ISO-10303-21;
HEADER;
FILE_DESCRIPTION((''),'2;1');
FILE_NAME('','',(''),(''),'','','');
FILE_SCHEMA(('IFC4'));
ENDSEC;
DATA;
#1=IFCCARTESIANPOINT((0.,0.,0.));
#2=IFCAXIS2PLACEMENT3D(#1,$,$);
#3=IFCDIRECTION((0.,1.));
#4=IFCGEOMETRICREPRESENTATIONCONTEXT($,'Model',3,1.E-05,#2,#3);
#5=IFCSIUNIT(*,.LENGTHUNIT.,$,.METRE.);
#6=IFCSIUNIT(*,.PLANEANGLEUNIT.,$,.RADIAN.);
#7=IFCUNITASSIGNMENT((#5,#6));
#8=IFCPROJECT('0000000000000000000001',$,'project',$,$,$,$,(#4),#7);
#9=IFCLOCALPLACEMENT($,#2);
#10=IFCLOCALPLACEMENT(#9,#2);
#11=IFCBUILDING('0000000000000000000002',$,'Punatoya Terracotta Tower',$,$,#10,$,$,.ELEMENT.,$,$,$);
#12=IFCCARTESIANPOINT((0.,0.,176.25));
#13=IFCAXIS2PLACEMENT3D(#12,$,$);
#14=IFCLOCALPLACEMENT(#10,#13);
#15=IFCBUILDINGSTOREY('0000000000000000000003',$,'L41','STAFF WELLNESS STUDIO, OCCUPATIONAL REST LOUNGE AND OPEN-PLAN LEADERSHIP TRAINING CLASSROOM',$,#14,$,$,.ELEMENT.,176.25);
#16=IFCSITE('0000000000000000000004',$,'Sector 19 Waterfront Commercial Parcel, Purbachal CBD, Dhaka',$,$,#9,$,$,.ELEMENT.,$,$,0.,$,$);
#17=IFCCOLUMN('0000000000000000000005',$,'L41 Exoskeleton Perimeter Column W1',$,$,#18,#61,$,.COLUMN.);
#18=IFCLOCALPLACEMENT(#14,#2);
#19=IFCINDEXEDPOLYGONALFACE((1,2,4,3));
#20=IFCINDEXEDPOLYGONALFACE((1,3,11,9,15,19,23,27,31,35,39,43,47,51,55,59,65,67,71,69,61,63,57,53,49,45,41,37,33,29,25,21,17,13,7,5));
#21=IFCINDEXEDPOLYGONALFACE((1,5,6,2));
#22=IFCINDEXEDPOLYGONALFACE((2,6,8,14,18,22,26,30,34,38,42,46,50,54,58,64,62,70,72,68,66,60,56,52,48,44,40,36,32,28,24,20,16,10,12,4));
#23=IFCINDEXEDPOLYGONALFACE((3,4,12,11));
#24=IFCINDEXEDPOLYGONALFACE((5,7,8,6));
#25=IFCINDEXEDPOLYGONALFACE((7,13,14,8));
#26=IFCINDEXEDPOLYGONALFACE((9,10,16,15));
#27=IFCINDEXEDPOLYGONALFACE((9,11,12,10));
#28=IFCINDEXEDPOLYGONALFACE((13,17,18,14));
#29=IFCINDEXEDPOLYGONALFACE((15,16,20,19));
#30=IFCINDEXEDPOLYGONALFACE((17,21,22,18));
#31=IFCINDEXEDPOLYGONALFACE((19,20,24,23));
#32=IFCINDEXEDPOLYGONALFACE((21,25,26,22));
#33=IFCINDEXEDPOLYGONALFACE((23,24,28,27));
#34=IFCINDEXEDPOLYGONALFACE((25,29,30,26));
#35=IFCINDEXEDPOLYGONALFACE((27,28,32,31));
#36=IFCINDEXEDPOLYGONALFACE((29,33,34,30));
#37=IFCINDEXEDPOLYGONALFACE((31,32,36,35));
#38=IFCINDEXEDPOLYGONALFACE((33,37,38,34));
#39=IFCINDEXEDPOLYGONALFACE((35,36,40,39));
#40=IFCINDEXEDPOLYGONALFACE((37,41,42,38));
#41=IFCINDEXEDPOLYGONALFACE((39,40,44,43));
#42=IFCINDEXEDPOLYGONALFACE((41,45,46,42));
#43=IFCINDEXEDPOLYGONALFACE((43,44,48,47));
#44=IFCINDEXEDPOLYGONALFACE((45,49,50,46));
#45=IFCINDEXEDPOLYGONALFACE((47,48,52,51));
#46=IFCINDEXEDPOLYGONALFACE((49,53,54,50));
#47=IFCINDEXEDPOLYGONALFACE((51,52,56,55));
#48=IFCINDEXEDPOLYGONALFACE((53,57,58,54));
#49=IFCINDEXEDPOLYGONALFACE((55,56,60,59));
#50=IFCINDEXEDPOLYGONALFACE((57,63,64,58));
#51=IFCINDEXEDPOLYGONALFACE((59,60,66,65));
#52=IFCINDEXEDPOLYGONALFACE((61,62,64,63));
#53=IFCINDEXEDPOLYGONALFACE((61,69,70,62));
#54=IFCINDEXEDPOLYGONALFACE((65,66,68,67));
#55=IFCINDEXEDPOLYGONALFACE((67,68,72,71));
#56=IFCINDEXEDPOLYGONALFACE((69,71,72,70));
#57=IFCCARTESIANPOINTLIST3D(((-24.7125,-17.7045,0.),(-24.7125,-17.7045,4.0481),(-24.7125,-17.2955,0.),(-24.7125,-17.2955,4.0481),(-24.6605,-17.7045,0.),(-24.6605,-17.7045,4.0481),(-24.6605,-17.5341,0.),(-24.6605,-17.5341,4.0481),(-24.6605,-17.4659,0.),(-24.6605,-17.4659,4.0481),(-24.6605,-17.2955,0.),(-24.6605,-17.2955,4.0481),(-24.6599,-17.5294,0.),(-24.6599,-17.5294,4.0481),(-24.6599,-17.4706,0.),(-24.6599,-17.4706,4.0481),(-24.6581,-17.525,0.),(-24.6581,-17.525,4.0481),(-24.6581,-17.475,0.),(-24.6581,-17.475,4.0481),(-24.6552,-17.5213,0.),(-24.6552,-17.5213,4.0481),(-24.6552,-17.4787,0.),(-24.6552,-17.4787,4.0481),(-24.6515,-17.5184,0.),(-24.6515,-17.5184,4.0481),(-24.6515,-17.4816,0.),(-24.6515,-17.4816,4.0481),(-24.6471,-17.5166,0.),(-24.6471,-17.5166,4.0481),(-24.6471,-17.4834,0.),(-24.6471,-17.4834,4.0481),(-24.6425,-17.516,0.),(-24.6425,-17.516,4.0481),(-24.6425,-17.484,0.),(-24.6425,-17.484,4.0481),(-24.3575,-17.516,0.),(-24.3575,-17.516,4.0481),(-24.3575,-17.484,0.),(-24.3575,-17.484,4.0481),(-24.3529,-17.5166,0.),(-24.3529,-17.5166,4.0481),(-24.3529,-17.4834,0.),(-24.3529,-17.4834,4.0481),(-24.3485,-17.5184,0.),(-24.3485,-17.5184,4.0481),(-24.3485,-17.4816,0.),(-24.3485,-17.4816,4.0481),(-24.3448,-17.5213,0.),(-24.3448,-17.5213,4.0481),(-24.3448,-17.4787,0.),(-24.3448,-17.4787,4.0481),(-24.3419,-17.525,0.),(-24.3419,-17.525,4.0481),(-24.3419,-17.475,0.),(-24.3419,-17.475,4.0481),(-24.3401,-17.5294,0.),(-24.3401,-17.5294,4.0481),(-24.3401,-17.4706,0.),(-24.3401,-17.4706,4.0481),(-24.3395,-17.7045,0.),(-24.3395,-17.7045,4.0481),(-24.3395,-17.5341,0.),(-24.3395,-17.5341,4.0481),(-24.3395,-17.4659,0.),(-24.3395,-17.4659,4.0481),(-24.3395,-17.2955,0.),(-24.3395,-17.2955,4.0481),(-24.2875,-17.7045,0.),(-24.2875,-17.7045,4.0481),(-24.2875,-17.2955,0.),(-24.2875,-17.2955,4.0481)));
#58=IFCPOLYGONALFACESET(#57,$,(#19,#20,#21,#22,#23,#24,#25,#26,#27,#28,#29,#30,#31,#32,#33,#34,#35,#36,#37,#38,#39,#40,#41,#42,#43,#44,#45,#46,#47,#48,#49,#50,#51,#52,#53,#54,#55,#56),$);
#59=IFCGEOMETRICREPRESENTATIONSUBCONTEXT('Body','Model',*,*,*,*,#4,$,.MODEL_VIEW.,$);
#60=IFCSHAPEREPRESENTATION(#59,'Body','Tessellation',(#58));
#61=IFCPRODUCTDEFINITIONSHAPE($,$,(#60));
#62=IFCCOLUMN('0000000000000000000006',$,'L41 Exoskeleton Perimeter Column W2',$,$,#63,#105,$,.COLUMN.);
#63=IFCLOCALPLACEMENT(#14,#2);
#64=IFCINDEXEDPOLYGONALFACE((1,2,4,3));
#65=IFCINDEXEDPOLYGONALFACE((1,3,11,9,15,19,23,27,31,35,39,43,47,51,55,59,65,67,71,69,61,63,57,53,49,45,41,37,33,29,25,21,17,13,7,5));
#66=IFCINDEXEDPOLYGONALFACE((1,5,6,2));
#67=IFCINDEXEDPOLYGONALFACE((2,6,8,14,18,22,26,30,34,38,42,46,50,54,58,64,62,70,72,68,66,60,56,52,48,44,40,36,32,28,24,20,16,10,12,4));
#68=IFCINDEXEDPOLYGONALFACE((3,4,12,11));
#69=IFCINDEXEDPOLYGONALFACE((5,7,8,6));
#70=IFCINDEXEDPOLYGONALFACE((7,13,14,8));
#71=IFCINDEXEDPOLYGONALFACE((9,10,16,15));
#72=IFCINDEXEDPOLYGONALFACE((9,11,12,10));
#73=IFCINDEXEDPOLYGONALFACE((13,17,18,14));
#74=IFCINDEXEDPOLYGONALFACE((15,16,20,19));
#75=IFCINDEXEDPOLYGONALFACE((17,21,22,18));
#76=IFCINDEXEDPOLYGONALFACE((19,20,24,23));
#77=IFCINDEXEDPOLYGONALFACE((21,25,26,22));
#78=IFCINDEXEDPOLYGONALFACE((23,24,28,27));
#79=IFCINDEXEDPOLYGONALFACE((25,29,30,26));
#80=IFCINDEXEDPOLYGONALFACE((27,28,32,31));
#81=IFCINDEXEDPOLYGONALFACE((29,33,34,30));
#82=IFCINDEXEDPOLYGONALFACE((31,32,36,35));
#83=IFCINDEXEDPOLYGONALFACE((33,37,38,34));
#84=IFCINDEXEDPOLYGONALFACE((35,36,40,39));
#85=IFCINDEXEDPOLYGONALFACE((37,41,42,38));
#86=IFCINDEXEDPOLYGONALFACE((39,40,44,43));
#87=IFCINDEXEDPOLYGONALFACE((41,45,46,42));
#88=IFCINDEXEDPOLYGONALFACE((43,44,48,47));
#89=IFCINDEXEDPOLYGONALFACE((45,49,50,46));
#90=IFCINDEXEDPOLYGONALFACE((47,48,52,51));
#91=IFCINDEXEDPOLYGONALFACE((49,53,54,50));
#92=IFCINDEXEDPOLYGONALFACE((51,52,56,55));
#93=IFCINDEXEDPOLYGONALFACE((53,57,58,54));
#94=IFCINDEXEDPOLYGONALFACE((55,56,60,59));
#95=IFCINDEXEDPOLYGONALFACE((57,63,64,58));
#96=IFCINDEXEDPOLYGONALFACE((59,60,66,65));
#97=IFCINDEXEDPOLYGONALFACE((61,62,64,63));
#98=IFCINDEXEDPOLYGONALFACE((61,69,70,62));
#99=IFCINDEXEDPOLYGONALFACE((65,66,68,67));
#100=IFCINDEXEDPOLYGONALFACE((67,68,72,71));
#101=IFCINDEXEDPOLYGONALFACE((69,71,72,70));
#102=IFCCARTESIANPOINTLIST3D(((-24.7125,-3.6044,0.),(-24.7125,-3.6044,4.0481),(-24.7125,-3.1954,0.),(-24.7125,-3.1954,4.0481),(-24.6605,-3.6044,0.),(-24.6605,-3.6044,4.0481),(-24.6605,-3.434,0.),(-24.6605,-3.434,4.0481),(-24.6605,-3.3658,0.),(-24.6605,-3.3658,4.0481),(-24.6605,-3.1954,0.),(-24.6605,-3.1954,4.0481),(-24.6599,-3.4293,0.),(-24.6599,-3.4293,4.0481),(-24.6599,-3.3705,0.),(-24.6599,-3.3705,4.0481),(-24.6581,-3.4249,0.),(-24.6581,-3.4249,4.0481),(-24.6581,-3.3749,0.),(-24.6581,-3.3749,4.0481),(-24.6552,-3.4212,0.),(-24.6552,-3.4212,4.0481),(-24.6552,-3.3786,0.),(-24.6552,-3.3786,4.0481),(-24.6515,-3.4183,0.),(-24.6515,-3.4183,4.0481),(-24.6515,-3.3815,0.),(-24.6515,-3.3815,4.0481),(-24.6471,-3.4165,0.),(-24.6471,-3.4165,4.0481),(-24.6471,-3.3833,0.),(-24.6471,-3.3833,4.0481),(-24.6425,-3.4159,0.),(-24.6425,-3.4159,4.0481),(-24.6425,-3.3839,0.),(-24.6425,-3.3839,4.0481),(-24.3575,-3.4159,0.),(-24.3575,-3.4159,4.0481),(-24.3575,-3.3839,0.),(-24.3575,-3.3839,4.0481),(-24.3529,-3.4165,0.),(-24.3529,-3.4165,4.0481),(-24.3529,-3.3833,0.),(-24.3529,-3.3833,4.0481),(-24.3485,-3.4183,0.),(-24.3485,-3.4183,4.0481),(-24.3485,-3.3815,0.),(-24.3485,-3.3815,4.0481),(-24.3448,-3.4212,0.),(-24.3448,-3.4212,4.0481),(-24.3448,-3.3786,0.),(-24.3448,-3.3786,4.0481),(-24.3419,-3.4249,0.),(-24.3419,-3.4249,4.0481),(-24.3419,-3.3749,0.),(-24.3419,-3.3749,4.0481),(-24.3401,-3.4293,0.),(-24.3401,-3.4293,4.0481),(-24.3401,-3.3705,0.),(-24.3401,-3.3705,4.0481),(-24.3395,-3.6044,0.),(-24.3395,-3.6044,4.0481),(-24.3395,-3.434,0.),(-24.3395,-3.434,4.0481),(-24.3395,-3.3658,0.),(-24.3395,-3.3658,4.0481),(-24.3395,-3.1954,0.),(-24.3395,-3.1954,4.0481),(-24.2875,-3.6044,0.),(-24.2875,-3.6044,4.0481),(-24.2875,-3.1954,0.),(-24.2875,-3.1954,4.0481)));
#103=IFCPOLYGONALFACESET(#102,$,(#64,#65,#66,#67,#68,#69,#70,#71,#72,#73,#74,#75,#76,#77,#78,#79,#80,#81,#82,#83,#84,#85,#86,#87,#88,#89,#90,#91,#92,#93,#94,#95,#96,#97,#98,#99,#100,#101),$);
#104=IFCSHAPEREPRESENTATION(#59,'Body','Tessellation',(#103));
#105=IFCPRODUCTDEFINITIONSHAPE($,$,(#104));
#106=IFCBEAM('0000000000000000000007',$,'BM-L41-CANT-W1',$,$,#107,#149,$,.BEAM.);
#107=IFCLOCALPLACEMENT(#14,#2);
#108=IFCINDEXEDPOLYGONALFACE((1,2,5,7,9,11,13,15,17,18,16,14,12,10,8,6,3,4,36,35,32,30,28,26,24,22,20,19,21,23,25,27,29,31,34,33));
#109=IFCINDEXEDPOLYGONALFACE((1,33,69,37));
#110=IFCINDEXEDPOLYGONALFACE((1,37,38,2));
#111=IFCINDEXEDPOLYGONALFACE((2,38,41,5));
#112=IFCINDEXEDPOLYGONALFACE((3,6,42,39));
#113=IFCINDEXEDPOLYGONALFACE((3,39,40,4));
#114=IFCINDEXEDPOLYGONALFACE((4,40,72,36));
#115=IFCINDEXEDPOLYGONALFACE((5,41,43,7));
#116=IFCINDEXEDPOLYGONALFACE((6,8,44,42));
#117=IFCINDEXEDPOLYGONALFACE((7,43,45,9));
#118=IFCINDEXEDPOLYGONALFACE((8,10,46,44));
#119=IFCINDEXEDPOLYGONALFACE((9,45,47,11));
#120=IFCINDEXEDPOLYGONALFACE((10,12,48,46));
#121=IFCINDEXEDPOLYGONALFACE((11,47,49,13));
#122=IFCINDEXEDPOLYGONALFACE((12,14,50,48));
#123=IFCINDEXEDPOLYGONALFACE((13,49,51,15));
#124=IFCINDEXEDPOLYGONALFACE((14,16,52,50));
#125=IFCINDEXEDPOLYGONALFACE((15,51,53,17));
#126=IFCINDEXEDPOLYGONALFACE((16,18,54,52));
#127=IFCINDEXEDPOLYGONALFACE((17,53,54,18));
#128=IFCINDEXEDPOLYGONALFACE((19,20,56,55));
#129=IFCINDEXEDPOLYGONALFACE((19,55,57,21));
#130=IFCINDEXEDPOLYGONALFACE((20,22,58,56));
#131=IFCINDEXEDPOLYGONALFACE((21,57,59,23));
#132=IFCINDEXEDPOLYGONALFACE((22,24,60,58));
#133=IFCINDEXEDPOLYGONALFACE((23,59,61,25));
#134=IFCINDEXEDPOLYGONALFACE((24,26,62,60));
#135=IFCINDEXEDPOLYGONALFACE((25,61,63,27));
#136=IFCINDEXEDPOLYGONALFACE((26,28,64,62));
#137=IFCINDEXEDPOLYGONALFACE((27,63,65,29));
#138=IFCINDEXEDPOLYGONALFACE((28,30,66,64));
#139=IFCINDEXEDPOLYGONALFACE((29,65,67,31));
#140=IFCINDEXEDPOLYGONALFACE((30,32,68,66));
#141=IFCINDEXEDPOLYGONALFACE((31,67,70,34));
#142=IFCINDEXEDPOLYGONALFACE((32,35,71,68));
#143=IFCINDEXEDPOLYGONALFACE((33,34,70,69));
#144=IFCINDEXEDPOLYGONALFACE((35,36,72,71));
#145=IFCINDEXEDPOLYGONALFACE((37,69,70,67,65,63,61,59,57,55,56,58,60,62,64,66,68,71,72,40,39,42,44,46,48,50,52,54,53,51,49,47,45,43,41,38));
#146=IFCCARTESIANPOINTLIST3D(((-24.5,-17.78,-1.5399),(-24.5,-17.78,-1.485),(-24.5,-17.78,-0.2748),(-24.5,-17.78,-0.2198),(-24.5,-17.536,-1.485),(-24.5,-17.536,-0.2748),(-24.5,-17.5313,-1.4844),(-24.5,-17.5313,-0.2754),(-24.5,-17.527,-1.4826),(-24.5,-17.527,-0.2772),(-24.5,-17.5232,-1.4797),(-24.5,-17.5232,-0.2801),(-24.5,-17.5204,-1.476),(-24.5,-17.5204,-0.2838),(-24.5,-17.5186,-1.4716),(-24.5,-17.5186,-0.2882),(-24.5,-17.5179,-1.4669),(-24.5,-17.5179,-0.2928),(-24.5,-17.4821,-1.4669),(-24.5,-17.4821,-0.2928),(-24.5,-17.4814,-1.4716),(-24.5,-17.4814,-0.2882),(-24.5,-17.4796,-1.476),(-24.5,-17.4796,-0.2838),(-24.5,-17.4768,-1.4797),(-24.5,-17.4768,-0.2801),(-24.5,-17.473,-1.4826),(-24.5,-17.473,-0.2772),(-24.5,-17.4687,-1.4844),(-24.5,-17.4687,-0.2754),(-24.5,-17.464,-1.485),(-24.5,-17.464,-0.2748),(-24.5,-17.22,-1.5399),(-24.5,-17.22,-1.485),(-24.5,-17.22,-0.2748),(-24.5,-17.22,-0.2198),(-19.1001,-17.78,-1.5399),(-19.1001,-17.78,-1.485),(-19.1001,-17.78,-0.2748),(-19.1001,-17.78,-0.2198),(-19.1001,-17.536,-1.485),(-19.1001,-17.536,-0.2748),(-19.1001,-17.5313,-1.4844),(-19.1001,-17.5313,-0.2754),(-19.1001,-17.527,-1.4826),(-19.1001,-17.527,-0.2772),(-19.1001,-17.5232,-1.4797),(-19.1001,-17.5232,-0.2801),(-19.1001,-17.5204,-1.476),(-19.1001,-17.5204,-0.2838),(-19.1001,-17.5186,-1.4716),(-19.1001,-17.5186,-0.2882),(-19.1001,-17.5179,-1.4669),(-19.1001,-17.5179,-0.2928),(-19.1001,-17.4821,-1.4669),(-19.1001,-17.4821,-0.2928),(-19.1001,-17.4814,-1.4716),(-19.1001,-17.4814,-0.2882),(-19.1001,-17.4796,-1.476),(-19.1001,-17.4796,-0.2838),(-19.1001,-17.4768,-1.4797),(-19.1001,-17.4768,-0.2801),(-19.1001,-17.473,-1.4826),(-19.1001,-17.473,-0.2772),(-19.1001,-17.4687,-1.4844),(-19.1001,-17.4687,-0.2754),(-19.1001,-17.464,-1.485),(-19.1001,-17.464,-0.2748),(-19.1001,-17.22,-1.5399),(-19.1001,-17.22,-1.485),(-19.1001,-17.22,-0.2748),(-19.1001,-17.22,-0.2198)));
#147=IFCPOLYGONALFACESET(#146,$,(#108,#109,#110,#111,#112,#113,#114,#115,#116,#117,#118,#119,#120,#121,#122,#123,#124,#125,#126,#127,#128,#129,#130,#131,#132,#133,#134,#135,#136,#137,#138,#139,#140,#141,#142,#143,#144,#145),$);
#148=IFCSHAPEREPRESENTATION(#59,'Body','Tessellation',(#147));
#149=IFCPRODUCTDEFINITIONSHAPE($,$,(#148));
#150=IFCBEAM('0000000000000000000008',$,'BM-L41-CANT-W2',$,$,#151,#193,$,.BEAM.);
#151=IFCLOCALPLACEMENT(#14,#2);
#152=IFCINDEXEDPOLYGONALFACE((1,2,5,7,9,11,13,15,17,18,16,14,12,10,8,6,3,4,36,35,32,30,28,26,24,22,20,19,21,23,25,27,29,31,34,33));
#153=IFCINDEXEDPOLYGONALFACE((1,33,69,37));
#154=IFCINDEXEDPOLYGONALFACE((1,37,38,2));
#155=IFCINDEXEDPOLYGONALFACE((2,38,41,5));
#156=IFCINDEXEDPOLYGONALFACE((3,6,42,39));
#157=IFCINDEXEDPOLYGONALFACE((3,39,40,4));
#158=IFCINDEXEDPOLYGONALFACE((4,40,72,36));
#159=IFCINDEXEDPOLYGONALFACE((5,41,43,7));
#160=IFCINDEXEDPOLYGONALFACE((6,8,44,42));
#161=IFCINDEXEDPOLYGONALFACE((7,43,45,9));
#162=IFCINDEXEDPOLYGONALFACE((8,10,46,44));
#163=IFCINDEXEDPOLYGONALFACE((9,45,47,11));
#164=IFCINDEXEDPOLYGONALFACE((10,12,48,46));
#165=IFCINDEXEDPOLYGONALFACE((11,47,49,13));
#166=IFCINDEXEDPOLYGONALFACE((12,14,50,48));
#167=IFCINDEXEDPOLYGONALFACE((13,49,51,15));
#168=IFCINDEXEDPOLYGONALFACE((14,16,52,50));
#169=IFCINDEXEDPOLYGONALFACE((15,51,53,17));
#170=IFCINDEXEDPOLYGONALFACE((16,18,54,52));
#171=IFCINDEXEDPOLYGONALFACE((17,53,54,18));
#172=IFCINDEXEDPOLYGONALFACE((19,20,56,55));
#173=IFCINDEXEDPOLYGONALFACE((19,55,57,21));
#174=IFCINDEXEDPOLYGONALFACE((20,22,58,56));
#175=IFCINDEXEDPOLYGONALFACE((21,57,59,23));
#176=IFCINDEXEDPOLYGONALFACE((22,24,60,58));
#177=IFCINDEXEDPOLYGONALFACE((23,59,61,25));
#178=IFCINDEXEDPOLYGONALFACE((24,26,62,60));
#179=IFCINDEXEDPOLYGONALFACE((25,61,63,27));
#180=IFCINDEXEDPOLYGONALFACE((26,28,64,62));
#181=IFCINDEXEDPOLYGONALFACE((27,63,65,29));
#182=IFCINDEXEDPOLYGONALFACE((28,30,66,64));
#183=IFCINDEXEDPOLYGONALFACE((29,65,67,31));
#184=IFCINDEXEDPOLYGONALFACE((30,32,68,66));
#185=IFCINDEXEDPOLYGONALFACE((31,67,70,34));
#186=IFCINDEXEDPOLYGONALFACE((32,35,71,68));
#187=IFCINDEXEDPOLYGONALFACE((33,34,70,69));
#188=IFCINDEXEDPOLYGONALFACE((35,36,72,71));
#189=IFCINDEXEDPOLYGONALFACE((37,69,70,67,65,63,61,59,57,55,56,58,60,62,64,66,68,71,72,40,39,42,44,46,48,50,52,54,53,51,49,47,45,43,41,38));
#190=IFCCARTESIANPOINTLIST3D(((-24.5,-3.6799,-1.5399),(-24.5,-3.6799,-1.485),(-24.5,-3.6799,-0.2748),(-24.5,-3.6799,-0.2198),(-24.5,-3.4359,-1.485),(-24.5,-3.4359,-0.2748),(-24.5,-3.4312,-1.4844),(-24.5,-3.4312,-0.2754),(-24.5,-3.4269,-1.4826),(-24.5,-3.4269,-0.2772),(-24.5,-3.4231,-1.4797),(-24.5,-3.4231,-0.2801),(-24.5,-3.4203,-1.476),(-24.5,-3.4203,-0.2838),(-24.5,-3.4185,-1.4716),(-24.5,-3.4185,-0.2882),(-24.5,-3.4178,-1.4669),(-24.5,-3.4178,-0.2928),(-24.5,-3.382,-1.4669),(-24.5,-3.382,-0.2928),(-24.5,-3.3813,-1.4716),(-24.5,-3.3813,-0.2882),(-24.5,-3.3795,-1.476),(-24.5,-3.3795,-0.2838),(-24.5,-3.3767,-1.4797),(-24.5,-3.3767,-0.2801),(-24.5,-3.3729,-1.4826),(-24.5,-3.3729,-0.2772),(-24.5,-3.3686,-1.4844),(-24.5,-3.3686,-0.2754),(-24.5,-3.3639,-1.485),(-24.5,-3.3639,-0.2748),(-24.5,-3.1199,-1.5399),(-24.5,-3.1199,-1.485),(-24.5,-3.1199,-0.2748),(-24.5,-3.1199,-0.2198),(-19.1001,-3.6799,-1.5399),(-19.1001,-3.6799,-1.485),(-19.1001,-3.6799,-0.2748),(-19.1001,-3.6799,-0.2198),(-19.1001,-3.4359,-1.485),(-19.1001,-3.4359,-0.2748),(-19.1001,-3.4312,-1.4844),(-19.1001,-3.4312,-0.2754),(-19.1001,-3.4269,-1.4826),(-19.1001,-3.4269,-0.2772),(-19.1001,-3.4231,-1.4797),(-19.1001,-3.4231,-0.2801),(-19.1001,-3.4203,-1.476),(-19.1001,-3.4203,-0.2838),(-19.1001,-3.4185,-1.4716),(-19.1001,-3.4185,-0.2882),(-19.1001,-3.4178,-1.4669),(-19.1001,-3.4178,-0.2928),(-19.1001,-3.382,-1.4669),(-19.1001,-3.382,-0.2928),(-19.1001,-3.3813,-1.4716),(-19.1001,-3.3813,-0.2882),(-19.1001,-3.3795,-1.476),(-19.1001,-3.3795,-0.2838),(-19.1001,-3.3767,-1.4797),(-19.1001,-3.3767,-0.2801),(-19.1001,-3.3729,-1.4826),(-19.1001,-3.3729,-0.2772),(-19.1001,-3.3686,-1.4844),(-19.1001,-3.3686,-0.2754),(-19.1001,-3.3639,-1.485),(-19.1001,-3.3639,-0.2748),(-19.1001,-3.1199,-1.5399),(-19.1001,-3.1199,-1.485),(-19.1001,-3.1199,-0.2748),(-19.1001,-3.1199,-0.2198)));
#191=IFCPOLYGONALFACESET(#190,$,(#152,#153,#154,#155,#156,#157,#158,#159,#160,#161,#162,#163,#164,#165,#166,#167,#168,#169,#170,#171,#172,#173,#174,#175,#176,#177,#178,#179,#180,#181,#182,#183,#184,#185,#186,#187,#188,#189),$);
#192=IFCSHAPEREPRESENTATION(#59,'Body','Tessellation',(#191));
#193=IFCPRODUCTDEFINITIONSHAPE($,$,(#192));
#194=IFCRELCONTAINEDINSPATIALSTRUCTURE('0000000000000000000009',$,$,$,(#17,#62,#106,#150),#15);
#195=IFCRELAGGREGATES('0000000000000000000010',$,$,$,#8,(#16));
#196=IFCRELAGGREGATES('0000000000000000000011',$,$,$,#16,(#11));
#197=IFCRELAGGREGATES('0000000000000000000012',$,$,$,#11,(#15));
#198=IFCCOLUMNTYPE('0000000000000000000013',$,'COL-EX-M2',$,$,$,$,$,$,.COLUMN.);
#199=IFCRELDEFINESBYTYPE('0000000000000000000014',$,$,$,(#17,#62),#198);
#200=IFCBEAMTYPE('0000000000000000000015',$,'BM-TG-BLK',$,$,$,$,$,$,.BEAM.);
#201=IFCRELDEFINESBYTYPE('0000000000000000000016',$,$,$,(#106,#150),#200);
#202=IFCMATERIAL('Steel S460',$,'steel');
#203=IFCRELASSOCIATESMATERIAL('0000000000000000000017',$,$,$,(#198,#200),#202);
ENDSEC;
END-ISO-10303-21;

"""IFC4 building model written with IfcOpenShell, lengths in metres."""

from ifc_helpers import new_model, si_unit, direction, frame, origin, origin_2d, place, context, subcontext, project, spatial, i_section, extrude, material, material_profile, profile_set, type_object, element, save


model = new_model("IFC4")

# Units and contexts
model_context = context("Model", 3, precision=1e-05, world=origin(), true_north=direction((0.0, 1.0)))
body_context = subcontext(model_context, "Body", "Model", "MODEL_VIEW")
ifc_project = project(units=[si_unit("LENGTHUNIT", "METRE"), si_unit("PLANEANGLEUNIT", "RADIAN")], contexts=[model_context])

# Site, building, storey
site_placement = place(None, origin())
site = spatial("IfcSite", under=ifc_project, at=site_placement, Name="Sector 19 Waterfront Commercial Parcel, Purbachal CBD, Dhaka", CompositionType="ELEMENT", RefElevation=0.0)
building_placement = place(site_placement, origin())
building = spatial("IfcBuilding", under=site, at=building_placement, Name="Punatoya Terracotta Tower", CompositionType="ELEMENT")
storey_placement = place(building_placement, frame((0.0, 0.0, 176.25)))
storey = spatial("IfcBuildingStorey", under=building, at=storey_placement, Name="L41", Description="STAFF WELLNESS STUDIO, OCCUPATIONAL REST LOUNGE AND OPEN-PLAN LEADERSHIP TRAINING CLASSROOM", CompositionType="ELEMENT", Elevation=176.25)

# Columns
ifc_material_1 = material(Name="Steel S460", Category="steel")
ifc_material_profile_1 = material_profile(ifc_material_1, i_section(OverallWidth=0.4089, OverallDepth=0.425, WebThickness=0.032, FlangeThickness=0.052, FilletRadius=0.0181, at=origin_2d()))
ifc_profile_set_1 = profile_set([ifc_material_profile_1], Name="Steel S460")
column_type = type_object("IfcColumnType", Name="COL-EX-M2", PredefinedType="COLUMN", material=ifc_profile_set_1)
for number, where, z_axis, x_axis, name in (
    (1, (-24.5, -17.5, 0.0), (0.0, 0.0, 1.0), (0.0, 1.0, 0.0), "L41 Exoskeleton Perimeter Column W1"),
    (2, (-24.5, -3.3999, 0.0), (0.0, 0.0, 1.0), (0.0, 1.0, 0.0), "L41 Exoskeleton Perimeter Column W2"),
):
    element("IfcColumn", number, at=place(storey_placement, frame(where, z_axis=z_axis, x_axis=x_axis)), inside=storey, type_object=column_type, Name=name, PredefinedType="COLUMN", context=body_context, shape_type="SweptSolid", body=[
        extrude(i_section(OverallWidth=0.4089, OverallDepth=0.425, WebThickness=0.032, FlangeThickness=0.052, FilletRadius=0.0181, at=origin_2d()), origin(), (0.0, 0.0, 1.0), 4.0481),
    ])

# Beams
ifc_material_profile_2 = material_profile(ifc_material_1, i_section(OverallWidth=0.5601, OverallDepth=1.3201, WebThickness=0.0359, FlangeThickness=0.0549, FilletRadius=0.0181, at=origin_2d()))
ifc_profile_set_2 = profile_set([ifc_material_profile_2], Name="Steel S460")
beam_type_1 = type_object("IfcBeamType", Name="BM-TG-BLK", PredefinedType="BEAM", material=ifc_profile_set_2)
for number, where, z_axis, x_axis, name in (
    (3, (-24.5, -17.5, -0.8799), (1.0, 0.0, 0.0), (0.0, 1.0, 0.0), "BM-L41-CANT-W1"),
    (4, (-24.5, -3.3999, -0.8799), (1.0, 0.0, 0.0), (0.0, 1.0, 0.0), "BM-L41-CANT-W2"),
):
    element("IfcBeam", number, at=place(storey_placement, frame(where, z_axis=z_axis, x_axis=x_axis)), inside=storey, type_object=beam_type_1, Name=name, PredefinedType="BEAM", context=body_context, shape_type="SweptSolid", body=[
        extrude(i_section(OverallWidth=0.5601, OverallDepth=1.3201, WebThickness=0.0359, FlangeThickness=0.0549, FilletRadius=0.0181, at=origin_2d()), origin(), (0.0, 0.0, 1.0), 5.3999),
    ])

save(model, "model.ifc")
